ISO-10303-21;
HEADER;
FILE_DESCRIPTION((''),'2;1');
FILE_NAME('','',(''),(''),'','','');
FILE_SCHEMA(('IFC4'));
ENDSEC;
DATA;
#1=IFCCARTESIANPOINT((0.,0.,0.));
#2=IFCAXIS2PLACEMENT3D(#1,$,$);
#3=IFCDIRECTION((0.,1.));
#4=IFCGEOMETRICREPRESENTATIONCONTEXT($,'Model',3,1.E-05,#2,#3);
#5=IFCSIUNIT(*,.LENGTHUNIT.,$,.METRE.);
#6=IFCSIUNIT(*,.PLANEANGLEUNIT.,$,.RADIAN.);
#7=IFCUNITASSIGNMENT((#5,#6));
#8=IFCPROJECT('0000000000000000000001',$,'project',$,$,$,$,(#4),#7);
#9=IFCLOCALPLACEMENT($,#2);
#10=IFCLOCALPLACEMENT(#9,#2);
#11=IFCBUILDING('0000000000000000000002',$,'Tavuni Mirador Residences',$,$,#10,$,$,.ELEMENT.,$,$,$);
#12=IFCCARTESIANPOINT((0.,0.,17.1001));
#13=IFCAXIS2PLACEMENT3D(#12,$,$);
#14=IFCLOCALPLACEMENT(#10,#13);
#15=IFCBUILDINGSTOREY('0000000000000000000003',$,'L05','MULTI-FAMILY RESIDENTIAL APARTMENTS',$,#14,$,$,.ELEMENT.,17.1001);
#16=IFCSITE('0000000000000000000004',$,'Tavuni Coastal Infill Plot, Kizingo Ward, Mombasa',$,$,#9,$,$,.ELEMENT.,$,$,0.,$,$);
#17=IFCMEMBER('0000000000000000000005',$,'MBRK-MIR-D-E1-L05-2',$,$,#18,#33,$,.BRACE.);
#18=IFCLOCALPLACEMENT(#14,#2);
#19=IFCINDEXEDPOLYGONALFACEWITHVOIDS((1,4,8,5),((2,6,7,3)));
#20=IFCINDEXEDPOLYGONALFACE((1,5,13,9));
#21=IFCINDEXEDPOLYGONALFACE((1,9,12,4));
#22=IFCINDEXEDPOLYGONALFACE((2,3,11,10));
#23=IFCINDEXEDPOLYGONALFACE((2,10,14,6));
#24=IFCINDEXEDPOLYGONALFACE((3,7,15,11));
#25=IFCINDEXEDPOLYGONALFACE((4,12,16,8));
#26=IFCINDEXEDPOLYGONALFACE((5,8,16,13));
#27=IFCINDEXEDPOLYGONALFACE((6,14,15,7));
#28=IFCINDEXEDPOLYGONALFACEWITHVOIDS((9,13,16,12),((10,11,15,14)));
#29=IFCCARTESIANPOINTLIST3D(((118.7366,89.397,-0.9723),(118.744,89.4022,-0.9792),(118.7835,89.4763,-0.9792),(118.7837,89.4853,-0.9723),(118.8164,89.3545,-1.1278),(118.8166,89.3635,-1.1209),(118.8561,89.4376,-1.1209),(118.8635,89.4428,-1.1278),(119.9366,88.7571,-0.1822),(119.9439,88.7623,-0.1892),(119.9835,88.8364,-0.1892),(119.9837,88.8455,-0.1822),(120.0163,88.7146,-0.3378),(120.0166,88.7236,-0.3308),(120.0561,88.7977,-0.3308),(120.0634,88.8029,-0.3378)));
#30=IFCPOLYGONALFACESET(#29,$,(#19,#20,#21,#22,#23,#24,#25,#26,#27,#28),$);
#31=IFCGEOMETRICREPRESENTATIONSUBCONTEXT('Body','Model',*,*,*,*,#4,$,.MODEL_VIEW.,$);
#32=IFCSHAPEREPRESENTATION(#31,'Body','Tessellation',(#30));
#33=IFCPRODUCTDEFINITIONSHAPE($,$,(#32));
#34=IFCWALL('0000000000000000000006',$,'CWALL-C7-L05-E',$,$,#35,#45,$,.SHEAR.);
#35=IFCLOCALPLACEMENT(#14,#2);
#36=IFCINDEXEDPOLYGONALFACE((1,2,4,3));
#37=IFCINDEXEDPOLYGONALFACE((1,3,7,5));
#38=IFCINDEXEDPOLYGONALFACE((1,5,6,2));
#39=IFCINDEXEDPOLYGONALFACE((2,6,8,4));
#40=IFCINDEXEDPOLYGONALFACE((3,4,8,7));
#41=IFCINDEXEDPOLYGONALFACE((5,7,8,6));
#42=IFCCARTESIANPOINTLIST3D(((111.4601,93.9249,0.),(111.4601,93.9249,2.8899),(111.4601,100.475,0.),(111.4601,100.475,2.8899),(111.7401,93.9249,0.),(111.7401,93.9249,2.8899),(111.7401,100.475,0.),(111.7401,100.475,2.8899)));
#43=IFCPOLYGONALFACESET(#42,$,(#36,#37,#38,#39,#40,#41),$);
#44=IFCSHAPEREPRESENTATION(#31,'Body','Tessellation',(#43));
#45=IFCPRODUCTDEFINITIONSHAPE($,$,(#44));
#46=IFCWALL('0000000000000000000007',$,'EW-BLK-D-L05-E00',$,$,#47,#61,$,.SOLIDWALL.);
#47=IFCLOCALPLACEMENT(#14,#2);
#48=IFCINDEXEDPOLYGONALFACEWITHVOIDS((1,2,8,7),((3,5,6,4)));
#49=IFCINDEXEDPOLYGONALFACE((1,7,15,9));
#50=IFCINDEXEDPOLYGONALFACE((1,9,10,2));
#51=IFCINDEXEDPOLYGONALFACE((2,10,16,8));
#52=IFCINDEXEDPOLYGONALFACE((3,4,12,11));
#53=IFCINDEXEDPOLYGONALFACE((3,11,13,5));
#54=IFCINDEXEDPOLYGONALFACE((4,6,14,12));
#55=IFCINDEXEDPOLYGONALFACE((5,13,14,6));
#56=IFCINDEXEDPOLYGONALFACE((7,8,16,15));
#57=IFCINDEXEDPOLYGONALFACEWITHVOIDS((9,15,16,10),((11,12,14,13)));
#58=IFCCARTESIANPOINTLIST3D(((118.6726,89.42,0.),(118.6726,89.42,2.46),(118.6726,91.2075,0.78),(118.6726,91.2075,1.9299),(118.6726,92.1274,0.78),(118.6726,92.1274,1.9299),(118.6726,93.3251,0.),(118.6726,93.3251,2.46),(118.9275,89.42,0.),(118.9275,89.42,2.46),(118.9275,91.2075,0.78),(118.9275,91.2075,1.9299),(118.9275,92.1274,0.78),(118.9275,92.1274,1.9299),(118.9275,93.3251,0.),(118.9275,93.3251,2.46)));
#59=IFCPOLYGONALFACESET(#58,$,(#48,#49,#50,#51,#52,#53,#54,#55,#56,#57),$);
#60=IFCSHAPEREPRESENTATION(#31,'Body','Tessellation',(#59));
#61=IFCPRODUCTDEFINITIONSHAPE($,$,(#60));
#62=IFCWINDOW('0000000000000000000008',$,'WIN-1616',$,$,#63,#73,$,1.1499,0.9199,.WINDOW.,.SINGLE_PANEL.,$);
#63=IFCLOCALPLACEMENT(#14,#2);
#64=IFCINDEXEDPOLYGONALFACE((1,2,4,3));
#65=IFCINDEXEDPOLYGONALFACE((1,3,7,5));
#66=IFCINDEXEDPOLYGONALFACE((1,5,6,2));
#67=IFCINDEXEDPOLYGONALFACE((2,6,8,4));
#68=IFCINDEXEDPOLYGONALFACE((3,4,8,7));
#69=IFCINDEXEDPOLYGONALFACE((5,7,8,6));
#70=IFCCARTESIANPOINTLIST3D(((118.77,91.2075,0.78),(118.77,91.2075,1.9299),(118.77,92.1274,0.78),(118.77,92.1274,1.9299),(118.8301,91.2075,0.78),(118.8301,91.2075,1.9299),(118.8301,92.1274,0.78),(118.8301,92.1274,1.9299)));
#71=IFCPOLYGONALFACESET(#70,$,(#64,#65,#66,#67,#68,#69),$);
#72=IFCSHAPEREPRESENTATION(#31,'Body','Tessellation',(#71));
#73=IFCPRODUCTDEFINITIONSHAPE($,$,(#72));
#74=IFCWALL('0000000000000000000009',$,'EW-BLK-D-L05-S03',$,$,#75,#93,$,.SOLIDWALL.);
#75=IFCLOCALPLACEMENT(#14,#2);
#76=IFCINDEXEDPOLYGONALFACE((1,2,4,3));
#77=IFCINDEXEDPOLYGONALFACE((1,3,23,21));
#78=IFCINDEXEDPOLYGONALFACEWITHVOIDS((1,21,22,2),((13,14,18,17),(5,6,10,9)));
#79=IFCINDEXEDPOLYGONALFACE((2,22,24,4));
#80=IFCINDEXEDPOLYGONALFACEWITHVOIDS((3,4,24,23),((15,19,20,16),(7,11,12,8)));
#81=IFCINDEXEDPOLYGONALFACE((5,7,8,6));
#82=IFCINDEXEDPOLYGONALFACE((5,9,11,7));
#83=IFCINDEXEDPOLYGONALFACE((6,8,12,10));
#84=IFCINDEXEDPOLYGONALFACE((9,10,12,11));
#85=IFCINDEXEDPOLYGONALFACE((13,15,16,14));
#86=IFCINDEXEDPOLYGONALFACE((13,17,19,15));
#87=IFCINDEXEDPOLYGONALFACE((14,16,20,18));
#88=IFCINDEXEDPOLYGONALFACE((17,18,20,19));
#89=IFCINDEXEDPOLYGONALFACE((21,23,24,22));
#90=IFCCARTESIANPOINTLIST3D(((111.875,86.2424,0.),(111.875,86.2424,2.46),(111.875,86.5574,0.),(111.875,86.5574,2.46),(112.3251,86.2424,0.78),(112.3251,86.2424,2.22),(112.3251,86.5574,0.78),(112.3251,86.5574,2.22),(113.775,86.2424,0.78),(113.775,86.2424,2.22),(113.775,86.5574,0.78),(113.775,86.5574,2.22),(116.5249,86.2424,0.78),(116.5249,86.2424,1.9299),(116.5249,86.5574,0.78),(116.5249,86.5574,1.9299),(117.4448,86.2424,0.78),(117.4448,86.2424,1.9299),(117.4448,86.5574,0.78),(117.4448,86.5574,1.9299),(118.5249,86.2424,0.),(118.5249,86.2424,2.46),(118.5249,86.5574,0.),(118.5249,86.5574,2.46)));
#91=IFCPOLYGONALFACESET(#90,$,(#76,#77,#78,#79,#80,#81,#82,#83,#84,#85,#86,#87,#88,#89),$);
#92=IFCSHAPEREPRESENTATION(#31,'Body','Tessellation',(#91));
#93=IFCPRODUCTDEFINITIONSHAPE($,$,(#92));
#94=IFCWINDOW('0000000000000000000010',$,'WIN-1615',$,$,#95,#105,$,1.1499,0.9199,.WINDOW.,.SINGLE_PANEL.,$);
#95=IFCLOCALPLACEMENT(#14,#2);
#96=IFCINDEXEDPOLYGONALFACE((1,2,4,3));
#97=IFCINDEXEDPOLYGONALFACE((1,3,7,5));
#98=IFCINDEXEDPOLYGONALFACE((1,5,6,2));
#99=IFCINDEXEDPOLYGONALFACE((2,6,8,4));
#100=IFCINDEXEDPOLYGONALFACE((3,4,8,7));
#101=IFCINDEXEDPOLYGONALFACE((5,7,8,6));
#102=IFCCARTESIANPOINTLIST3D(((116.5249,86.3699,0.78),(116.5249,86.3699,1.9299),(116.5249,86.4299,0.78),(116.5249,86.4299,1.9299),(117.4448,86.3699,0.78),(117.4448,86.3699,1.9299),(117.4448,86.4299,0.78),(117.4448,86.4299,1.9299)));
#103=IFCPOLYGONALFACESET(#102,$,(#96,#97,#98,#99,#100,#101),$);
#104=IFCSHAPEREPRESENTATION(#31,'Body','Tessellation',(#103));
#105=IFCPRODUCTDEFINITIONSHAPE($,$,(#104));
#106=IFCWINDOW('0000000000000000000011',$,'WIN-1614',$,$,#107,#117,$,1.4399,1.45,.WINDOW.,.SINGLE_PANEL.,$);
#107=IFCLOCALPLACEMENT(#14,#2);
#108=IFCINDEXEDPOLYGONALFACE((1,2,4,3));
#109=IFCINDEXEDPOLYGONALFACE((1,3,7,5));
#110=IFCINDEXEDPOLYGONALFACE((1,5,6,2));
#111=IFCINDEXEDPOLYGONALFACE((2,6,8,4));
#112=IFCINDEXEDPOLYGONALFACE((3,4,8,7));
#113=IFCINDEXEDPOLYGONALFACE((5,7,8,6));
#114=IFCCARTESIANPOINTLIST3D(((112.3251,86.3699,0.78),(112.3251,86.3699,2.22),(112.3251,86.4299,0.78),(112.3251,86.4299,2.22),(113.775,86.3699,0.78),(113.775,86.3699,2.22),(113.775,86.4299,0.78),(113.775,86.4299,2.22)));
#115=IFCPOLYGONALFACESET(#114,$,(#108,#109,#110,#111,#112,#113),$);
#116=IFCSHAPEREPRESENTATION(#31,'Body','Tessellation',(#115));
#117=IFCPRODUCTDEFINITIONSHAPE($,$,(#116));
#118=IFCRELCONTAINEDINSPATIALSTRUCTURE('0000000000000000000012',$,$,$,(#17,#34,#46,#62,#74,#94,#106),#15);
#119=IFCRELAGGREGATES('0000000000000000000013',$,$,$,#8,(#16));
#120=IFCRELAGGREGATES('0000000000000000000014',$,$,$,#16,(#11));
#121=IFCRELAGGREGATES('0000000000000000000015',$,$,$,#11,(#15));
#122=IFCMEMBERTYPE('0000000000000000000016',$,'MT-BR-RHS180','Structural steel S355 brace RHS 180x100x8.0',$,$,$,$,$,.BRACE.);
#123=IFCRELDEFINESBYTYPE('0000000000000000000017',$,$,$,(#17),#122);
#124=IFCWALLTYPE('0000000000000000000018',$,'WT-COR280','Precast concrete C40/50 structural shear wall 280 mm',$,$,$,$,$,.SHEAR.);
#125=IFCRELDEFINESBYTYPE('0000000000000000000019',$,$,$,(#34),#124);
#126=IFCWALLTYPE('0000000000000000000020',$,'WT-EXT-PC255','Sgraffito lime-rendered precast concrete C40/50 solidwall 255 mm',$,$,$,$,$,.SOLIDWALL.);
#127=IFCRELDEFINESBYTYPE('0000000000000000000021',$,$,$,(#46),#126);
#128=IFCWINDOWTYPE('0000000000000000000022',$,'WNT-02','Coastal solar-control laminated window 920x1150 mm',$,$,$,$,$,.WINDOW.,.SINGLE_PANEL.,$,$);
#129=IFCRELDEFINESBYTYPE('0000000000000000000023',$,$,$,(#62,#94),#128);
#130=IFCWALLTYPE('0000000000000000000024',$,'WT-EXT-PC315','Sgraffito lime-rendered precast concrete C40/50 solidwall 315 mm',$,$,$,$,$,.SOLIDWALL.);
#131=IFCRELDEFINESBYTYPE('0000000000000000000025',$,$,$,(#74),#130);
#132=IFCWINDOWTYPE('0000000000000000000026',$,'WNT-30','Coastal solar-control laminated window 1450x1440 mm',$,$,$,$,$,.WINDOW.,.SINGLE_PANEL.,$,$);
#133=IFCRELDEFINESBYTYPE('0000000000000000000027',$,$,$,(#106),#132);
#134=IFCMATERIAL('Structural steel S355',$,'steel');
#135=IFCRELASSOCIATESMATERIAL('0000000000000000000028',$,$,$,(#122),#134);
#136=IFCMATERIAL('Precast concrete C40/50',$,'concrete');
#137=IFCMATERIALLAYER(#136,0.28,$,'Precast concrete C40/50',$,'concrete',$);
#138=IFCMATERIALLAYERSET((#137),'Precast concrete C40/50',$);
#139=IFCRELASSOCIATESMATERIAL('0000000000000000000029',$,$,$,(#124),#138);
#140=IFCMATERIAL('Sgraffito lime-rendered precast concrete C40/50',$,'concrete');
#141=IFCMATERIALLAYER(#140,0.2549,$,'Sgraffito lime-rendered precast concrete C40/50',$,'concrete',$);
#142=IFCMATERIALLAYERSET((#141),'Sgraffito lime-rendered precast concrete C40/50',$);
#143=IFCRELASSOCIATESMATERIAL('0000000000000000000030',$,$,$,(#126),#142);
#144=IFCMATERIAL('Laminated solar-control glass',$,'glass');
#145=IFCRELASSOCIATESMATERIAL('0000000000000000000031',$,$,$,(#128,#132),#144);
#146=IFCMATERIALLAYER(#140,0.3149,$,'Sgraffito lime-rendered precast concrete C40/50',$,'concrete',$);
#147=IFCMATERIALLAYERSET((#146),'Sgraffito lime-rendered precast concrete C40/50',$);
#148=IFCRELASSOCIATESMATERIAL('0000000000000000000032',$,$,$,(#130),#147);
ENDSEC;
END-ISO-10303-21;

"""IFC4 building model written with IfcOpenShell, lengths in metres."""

from ifc_helpers import new_model, si_unit, direction, frame, frame_2d, origin, origin_2d, place, context, subcontext, project, spatial, rectangle, hollow_rectangle, extrude, material, layer, layer_set, material_profile, profile_set, type_object, element, fill, save


model = new_model("IFC4")

# Units and contexts
model_context = context("Model", 3, precision=1e-05, world=origin(), true_north=direction((0.0, 1.0)))
body_context = subcontext(model_context, "Body", "Model", "MODEL_VIEW")
ifc_project = project(units=[si_unit("LENGTHUNIT", "METRE"), si_unit("PLANEANGLEUNIT", "RADIAN")], contexts=[model_context])

# Site, building, storey
site_placement = place(None, origin())
site = spatial("IfcSite", under=ifc_project, at=site_placement, Name="Tavuni Coastal Infill Plot, Kizingo Ward, Mombasa", CompositionType="ELEMENT", RefElevation=0.0)
building_placement = place(site_placement, origin())
building = spatial("IfcBuilding", under=site, at=building_placement, Name="Tavuni Mirador Residences", CompositionType="ELEMENT")
storey_placement = place(building_placement, frame((0.0, 0.0, 17.1001)))
storey = spatial("IfcBuildingStorey", under=building, at=storey_placement, Name="L05", Description="MULTI-FAMILY RESIDENTIAL APARTMENTS", CompositionType="ELEMENT", Elevation=17.1001)

# Shared definitions
ifc_material_1 = material(Name="Precast concrete C40/50", Category="concrete")

# Member
ifc_material_2 = material(Name="Structural steel S355", Category="steel")
ifc_material_profile_1 = material_profile(ifc_material_2, hollow_rectangle(XDim=0.1001, YDim=0.1799, WallThickness=0.0081, at=origin_2d()), Name="RHS 180x100x8.0", Category="steel")
ifc_profile_set_1 = profile_set([ifc_material_profile_1], Name="Structural steel S355")
member_type_1 = type_object("IfcMemberType", Name="MT-BR-RHS180", Description="Structural steel S355 brace RHS 180x100x8.0", PredefinedType="BRACE", material=ifc_profile_set_1)
member_1_placement = place(storey_placement, frame((118.8, 89.4199, -1.05), z_axis=(0.762969, -0.406865, 0.502333), x_axis=(0.470542, 0.882378, 0.0)))
element("IfcMember", 1, at=member_1_placement, inside=storey, type_object=member_type_1, Name="MBRK-MIR-D-E1-L05-2", PredefinedType="BRACE", context=body_context, shape_type="SweptSolid", body=[
    extrude(hollow_rectangle(XDim=0.1001, YDim=0.1799, WallThickness=0.0081, at=origin_2d()), origin(), (0.0, 0.0, 1.0), 1.5728),
])

# Wall
ifc_layer_1 = layer(ifc_material_1, 0.28, Name="Precast concrete C40/50", Category="concrete")
ifc_layer_set_1 = layer_set([ifc_layer_1], Name="Precast concrete C40/50")
wall_type_1 = type_object("IfcWallType", Name="WT-COR280", Description="Precast concrete C40/50 structural shear wall 280 mm", PredefinedType="SHEAR", material=ifc_layer_set_1)
wall_1_placement = place(storey_placement, frame((111.6001, 93.925, 0.0), z_axis=(0.0, 0.0, 1.0), x_axis=(0.0, 1.0, 0.0)))
element("IfcWall", 2, at=wall_1_placement, inside=storey, type_object=wall_type_1, Name="CWALL-C7-L05-E", PredefinedType="SHEAR", context=body_context, shape_type="SweptSolid", body=[
    extrude(rectangle(XDim=6.55, YDim=0.28, at=frame_2d((3.2749, 0.0))), origin(), (0.0, 0.0, 1.0), 2.8899),
])

# Wall, opening, window
ifc_material_3 = material(Name="Sgraffito lime-rendered precast concrete C40/50", Category="concrete")
ifc_layer_2 = layer(ifc_material_3, 0.2549, Name="Sgraffito lime-rendered precast concrete C40/50", Category="concrete")
ifc_layer_set_2 = layer_set([ifc_layer_2], Name="Sgraffito lime-rendered precast concrete C40/50")
wall_type_2 = type_object("IfcWallType", Name="WT-EXT-PC255", Description="Sgraffito lime-rendered precast concrete C40/50 solidwall 255 mm", PredefinedType="SOLIDWALL", material=ifc_layer_set_2)
wall_2_placement = place(storey_placement, frame((118.8, 89.4199, 0.0), z_axis=(0.0, 0.0, 1.0), x_axis=(0.0, 1.0, 0.0)))
wall_2 = element("IfcWall", 3, at=wall_2_placement, inside=storey, type_object=wall_type_2, Name="EW-BLK-D-L05-E00", PredefinedType="SOLIDWALL", context=body_context, shape_type="SweptSolid", body=[
    extrude(rectangle(XDim=3.905, YDim=0.2549, at=frame_2d((1.9526, 0.0))), origin(), (0.0, 0.0, 1.0), 2.46),
])
opening_1_placement = place(wall_2_placement, frame((1.7876, 0.0, 0.78)))
opening_1 = element("IfcOpeningElement", 4, at=opening_1_placement, cuts=wall_2, PredefinedType="OPENING", context=body_context, shape_type="SweptSolid", body=[
    extrude(rectangle(XDim=0.9199, YDim=1.1499, at=frame_2d((0.46, 0.575))), frame((0.0, 0.1375, 0.0), z_axis=(0.0, -1.0, 0.0), x_axis=(1.0, 0.0, 0.0)), (0.0, 0.0, 1.0), 0.2749),
])
ifc_material_4 = material(Name="Laminated solar-control glass", Category="glass")
window_type_1 = type_object("IfcWindowType", Name="WNT-02", Description="Coastal solar-control laminated window 920x1150 mm", PartitioningType="SINGLE_PANEL", PredefinedType="WINDOW", material=ifc_material_4)
window_1_placement = place(opening_1_placement, origin())
window_1 = element("IfcWindow", 5, at=window_1_placement, inside=storey, type_object=window_type_1, Name="WIN-1616", OverallHeight=1.1499, OverallWidth=0.9199, PartitioningType="SINGLE_PANEL", PredefinedType="WINDOW", context=body_context, shape_type="SweptSolid", body=[
    extrude(rectangle(XDim=0.9199, YDim=1.1499, at=frame_2d((0.46, 0.575))), frame((0.0, 0.03, 0.0), z_axis=(0.0, -1.0, 0.0), x_axis=(1.0, 0.0, 0.0)), (0.0, 0.0, 1.0), 0.0601),
])
fill(opening_1, window_1)

# Wall, openings, windows
ifc_layer_3 = layer(ifc_material_3, 0.3149, Name="Sgraffito lime-rendered precast concrete C40/50", Category="concrete")
ifc_layer_set_3 = layer_set([ifc_layer_3], Name="Sgraffito lime-rendered precast concrete C40/50")
wall_type_3 = type_object("IfcWallType", Name="WT-EXT-PC315", Description="Sgraffito lime-rendered precast concrete C40/50 solidwall 315 mm", PredefinedType="SOLIDWALL", material=ifc_layer_set_3)
wall_3_placement = place(storey_placement, frame((111.875, 86.3999, 0.0), z_axis=(0.0, 0.0, 1.0), x_axis=(1.0, 0.0, 0.0)))
wall_3 = element("IfcWall", 6, at=wall_3_placement, inside=storey, type_object=wall_type_3, Name="EW-BLK-D-L05-S03", PredefinedType="SOLIDWALL", context=body_context, shape_type="SweptSolid", body=[
    extrude(rectangle(XDim=6.6499, YDim=0.3149, at=frame_2d((3.325, 0.0))), origin(), (0.0, 0.0, 1.0), 2.46),
])
opening_2_placement = place(wall_3_placement, frame((0.45, 0.0, 0.78)))
opening_2 = element("IfcOpeningElement", 7, at=opening_2_placement, cuts=wall_3, PredefinedType="OPENING", context=body_context, shape_type="SweptSolid", body=[
    extrude(rectangle(XDim=1.45, YDim=1.4399, at=frame_2d((0.7251, 0.72))), frame((0.0, 0.1675, 0.0), z_axis=(0.0, -1.0, 0.0), x_axis=(1.0, 0.0, 0.0)), (0.0, 0.0, 1.0), 0.335),
])
opening_3_placement = place(wall_3_placement, frame((4.6499, 0.0, 0.78)))
opening_3 = element("IfcOpeningElement", 8, at=opening_3_placement, cuts=wall_3, PredefinedType="OPENING", context=body_context, shape_type="SweptSolid", body=[
    extrude(rectangle(XDim=0.9199, YDim=1.1499, at=frame_2d((0.46, 0.575))), frame((0.0, 0.1675, 0.0), z_axis=(0.0, -1.0, 0.0), x_axis=(1.0, 0.0, 0.0)), (0.0, 0.0, 1.0), 0.335),
])
window_2_placement = place(opening_3_placement, origin())
window_2 = element("IfcWindow", 9, at=window_2_placement, inside=storey, type_object=window_type_1, Name="WIN-1615", OverallHeight=1.1499, OverallWidth=0.9199, PartitioningType="SINGLE_PANEL", PredefinedType="WINDOW", context=body_context, shape_type="SweptSolid", body=[
    extrude(rectangle(XDim=0.9199, YDim=1.1499, at=frame_2d((0.46, 0.575))), frame((0.0, 0.03, 0.0), z_axis=(0.0, -1.0, 0.0), x_axis=(1.0, 0.0, 0.0)), (0.0, 0.0, 1.0), 0.0601),
])
fill(opening_3, window_2)
window_type_2 = type_object("IfcWindowType", Name="WNT-30", Description="Coastal solar-control laminated window 1450x1440 mm", PartitioningType="SINGLE_PANEL", PredefinedType="WINDOW", material=ifc_material_4)
window_3_placement = place(opening_2_placement, origin())
window_3 = element("IfcWindow", 10, at=window_3_placement, inside=storey, type_object=window_type_2, Name="WIN-1614", OverallHeight=1.4399, OverallWidth=1.45, PartitioningType="SINGLE_PANEL", PredefinedType="WINDOW", context=body_context, shape_type="SweptSolid", body=[
    extrude(rectangle(XDim=1.45, YDim=1.4399, at=frame_2d((0.7251, 0.72))), frame((0.0, 0.03, 0.0), z_axis=(0.0, -1.0, 0.0), x_axis=(1.0, 0.0, 0.0)), (0.0, 0.0, 1.0), 0.0601),
])
fill(opening_2, window_3)

save(model, "model.ifc")
